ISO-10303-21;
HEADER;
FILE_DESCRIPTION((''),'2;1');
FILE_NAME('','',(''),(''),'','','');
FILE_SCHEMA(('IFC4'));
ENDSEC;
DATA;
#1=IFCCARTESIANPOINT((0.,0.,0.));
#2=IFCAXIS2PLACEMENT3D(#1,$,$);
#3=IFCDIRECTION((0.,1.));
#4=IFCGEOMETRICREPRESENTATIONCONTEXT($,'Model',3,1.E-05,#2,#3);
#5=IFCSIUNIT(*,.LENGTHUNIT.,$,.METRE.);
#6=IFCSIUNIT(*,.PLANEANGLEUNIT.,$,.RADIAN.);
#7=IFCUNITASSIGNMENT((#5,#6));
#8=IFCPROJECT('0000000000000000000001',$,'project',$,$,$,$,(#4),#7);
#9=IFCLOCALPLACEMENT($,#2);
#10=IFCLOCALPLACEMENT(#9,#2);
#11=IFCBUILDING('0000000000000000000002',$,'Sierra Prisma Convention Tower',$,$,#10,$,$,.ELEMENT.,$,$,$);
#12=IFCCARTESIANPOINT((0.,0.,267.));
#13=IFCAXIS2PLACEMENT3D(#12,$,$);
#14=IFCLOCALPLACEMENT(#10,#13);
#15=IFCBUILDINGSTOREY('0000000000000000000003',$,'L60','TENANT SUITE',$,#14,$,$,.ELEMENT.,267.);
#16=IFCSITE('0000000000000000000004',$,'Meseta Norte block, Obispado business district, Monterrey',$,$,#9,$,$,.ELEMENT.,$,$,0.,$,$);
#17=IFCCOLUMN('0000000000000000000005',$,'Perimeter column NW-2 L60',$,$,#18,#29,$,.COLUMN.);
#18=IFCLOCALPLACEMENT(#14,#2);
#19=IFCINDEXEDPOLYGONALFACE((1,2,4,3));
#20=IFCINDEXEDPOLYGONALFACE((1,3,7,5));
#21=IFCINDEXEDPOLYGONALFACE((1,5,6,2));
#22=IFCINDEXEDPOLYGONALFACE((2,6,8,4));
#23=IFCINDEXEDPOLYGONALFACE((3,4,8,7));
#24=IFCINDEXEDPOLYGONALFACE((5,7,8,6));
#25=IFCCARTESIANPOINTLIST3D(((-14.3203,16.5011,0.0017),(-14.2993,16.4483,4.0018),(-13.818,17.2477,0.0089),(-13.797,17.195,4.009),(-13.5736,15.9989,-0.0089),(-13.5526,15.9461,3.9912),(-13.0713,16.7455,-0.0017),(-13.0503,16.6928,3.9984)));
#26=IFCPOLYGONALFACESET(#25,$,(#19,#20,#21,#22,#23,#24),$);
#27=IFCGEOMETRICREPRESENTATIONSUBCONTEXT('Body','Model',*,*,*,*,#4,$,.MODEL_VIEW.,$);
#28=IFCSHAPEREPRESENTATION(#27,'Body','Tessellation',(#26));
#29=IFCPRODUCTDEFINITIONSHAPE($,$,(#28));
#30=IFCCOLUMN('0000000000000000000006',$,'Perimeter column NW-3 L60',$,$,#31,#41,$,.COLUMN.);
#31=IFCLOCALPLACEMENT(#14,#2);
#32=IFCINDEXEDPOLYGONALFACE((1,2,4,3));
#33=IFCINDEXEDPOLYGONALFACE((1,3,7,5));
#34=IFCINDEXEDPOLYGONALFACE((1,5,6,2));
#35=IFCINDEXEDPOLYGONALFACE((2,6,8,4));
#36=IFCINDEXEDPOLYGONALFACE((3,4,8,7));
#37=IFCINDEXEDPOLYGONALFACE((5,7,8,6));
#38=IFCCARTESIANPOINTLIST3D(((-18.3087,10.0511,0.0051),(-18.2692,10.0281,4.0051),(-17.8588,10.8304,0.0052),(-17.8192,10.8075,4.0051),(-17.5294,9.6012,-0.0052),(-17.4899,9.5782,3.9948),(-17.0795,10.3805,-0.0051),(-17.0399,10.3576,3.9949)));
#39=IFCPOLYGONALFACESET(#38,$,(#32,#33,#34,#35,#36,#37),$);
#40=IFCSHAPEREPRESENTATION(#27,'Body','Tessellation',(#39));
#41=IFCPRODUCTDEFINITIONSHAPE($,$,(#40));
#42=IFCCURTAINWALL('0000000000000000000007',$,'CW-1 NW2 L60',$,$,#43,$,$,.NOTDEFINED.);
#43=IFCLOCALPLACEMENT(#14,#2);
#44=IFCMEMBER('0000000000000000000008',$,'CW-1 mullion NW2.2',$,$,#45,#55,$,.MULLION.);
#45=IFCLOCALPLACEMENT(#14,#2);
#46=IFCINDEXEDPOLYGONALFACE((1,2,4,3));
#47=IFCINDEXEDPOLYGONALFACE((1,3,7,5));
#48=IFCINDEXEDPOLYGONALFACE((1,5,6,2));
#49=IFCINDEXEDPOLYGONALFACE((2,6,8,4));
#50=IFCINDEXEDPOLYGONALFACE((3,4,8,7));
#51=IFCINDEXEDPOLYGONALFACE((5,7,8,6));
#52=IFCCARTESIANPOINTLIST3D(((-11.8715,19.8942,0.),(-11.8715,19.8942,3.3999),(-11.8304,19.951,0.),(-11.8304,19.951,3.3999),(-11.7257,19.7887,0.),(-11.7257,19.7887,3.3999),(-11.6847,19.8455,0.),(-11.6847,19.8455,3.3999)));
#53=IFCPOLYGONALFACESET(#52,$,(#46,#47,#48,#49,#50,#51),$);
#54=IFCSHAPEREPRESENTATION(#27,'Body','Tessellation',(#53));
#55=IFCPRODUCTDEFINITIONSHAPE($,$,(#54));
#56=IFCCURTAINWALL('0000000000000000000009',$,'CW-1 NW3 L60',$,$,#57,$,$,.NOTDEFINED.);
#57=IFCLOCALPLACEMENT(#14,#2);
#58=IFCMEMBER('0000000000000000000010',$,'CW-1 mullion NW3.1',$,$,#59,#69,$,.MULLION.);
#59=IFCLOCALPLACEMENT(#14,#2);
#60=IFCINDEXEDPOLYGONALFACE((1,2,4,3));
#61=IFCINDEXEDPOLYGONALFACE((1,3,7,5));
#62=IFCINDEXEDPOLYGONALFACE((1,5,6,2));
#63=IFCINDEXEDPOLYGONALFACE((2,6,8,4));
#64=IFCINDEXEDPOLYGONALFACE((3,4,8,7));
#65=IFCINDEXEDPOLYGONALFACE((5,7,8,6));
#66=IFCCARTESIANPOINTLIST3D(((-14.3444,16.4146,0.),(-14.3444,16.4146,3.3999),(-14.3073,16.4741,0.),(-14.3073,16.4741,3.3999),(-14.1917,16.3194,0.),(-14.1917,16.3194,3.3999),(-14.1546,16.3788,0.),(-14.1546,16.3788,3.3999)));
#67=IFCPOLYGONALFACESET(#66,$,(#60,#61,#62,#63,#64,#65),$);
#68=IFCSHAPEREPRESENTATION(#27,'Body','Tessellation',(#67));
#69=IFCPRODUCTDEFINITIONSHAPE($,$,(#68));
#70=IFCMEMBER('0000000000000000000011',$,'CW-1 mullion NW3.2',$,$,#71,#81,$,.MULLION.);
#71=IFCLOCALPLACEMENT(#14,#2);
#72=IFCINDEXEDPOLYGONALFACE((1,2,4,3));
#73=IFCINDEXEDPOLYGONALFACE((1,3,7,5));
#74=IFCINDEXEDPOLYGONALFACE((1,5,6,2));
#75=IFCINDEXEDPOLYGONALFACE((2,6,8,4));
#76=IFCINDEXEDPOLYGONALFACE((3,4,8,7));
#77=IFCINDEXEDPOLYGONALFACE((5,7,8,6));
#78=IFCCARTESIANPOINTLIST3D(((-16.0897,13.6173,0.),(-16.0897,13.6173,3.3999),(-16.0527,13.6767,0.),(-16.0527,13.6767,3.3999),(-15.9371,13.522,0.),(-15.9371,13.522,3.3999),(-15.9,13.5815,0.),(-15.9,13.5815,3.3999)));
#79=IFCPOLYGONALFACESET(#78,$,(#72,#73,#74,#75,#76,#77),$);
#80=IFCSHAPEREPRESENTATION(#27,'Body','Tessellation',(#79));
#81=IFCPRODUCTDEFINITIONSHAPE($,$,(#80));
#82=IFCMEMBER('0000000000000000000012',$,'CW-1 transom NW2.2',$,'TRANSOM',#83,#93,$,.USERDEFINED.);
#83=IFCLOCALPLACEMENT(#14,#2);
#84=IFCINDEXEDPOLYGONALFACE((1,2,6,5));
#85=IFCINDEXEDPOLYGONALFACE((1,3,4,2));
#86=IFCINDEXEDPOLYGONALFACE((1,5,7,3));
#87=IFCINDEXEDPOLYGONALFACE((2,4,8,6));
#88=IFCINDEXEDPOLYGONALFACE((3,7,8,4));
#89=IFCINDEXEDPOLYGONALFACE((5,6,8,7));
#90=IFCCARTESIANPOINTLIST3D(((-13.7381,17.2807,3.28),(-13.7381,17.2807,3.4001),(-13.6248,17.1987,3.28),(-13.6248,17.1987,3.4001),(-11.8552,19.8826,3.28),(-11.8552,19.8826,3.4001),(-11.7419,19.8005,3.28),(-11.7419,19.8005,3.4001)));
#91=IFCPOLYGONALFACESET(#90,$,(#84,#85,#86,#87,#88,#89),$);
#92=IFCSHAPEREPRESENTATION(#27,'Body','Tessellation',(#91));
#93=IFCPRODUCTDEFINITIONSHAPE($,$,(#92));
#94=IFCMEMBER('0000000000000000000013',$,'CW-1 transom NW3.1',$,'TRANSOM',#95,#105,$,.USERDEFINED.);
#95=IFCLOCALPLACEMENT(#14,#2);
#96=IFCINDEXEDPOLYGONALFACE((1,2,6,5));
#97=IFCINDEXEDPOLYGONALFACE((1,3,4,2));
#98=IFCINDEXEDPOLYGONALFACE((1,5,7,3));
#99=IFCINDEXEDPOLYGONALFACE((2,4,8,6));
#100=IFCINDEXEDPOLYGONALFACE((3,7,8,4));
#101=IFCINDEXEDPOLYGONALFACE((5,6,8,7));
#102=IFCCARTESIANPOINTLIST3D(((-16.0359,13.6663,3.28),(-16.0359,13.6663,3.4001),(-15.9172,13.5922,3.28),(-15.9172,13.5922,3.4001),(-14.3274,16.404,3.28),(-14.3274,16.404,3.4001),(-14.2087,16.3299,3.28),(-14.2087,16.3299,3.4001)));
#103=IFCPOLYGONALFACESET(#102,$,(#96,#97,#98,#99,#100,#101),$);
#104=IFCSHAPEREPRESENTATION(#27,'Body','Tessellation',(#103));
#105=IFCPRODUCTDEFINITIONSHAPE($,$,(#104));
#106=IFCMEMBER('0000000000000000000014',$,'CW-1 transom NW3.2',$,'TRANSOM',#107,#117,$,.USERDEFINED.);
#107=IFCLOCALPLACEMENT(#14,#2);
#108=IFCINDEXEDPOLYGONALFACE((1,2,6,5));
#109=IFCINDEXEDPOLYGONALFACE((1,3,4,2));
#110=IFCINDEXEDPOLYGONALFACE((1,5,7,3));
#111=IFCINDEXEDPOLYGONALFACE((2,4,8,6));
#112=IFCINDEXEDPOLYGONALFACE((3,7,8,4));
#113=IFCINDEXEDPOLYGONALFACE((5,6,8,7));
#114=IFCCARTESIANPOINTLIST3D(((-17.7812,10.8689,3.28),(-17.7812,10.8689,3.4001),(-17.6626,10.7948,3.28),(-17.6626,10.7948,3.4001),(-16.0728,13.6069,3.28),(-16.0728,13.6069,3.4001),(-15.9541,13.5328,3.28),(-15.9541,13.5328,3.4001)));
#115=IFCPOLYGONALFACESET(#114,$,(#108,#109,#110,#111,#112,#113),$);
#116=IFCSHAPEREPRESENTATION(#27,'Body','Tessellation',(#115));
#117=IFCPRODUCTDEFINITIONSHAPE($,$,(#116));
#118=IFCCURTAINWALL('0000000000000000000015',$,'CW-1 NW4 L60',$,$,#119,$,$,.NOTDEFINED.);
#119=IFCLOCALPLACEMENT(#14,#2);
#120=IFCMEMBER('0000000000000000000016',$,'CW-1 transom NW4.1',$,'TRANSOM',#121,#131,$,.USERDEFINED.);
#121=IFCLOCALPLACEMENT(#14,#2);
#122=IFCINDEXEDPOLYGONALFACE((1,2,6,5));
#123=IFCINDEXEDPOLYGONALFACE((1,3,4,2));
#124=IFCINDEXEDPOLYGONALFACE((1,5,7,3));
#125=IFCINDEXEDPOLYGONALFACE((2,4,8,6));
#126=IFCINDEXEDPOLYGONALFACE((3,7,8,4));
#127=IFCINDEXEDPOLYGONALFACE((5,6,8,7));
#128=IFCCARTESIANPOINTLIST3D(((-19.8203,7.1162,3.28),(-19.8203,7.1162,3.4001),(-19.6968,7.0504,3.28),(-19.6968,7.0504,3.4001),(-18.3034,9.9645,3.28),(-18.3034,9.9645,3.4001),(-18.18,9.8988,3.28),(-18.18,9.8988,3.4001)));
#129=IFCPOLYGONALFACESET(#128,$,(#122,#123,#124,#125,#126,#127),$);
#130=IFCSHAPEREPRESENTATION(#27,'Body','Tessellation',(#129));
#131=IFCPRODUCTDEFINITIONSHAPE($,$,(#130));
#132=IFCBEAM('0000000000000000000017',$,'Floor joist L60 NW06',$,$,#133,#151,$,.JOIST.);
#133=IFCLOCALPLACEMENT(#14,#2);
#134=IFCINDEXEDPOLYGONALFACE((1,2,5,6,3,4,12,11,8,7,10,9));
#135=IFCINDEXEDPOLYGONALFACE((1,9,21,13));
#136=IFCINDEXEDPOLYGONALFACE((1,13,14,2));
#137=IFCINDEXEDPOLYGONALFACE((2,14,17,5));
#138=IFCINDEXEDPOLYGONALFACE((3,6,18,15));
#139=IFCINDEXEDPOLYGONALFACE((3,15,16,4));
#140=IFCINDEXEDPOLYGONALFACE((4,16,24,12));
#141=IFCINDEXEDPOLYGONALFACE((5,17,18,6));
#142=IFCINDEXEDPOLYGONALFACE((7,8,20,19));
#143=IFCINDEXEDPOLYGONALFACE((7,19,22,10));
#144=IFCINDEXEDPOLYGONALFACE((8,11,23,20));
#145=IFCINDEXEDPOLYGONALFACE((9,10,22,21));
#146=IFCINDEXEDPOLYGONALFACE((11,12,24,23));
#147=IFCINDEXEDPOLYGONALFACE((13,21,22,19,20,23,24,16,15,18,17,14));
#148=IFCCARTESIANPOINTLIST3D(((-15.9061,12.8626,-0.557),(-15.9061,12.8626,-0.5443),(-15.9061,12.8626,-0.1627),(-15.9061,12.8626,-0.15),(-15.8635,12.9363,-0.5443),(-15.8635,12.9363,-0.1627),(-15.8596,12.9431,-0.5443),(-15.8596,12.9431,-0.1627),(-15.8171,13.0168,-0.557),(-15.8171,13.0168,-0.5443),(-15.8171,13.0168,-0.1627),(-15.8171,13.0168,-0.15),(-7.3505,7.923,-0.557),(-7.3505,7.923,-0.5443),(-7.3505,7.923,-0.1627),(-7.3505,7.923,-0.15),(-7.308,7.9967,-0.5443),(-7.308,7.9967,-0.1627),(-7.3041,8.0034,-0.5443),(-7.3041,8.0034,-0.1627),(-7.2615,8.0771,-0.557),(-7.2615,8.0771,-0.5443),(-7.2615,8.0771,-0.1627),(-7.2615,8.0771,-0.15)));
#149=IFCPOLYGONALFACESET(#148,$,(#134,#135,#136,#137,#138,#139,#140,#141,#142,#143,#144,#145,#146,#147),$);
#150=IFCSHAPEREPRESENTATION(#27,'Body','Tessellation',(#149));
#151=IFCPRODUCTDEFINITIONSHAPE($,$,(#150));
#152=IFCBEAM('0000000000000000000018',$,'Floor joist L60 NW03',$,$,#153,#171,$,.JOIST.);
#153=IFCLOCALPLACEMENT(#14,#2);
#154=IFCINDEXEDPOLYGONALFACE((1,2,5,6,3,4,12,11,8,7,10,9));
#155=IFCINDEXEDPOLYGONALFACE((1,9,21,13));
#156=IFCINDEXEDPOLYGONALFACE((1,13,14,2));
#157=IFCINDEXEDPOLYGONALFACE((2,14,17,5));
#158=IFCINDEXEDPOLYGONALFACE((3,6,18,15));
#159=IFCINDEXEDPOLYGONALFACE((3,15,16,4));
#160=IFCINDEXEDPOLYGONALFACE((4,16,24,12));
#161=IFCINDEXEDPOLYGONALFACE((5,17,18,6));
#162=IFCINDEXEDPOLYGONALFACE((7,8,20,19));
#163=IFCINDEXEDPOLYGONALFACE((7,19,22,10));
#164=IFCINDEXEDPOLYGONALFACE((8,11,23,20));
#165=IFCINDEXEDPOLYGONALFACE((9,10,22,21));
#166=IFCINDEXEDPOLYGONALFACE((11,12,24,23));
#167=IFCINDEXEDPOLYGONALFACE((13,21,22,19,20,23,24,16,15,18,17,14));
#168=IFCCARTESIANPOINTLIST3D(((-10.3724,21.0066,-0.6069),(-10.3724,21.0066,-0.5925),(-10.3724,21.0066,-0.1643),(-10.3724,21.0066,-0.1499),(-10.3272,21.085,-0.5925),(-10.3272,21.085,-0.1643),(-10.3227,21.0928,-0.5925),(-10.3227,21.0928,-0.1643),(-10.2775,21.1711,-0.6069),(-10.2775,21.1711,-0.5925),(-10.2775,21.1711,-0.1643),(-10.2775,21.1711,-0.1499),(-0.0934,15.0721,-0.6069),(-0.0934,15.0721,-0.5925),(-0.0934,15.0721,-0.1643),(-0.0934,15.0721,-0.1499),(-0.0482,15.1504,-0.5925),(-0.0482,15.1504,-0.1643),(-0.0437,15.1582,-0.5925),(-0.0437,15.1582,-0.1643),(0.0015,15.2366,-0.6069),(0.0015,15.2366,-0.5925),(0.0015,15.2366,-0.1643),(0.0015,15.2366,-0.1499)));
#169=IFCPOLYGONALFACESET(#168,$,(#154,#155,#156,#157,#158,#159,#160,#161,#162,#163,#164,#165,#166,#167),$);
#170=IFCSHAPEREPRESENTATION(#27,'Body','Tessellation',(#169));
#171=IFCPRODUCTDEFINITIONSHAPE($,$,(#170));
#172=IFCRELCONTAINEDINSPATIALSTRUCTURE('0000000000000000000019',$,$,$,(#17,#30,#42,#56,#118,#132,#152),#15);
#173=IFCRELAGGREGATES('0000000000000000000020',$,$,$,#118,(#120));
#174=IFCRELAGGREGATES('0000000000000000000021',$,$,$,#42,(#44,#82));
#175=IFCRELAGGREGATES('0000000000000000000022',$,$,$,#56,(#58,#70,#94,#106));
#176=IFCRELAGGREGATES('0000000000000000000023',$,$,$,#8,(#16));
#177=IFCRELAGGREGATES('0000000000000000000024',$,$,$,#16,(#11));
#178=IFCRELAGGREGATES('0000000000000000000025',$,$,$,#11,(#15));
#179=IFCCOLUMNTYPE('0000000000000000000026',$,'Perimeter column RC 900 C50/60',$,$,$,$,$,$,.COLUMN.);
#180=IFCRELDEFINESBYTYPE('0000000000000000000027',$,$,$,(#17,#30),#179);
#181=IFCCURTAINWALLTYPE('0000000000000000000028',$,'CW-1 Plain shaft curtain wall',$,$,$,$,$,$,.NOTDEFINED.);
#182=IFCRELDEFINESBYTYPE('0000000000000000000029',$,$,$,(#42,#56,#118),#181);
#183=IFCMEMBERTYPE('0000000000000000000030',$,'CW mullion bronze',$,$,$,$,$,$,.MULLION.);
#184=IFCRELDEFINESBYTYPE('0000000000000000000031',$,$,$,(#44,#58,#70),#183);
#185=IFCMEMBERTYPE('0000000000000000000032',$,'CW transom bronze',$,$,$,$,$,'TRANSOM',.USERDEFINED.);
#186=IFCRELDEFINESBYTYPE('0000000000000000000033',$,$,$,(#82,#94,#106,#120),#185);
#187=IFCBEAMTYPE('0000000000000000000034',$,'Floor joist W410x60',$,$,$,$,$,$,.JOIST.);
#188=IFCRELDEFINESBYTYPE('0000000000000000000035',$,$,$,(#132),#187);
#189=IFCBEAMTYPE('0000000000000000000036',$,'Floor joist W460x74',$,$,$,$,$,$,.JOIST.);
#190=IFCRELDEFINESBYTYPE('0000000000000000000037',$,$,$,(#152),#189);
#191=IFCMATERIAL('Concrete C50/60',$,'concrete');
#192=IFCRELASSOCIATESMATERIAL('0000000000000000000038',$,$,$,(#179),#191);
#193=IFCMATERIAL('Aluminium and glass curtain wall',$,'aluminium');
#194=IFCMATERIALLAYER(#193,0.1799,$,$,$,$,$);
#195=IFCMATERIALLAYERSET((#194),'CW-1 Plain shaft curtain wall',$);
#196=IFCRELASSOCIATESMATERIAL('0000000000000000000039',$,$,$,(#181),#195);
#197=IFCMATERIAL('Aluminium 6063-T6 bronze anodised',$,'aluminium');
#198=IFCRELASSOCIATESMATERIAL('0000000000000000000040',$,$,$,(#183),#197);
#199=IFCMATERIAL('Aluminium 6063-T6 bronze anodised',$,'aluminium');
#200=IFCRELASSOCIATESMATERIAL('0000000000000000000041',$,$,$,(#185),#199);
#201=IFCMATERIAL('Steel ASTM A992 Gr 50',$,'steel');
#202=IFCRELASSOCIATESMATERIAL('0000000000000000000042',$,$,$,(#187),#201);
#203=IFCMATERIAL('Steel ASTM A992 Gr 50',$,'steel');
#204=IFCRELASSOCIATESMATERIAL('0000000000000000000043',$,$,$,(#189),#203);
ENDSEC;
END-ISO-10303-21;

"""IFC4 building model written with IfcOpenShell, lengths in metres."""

from ifc_helpers import new_model, si_unit, direction, frame, origin, origin_2d, place, context, subcontext, project, spatial, rectangle, i_section, extrude, material, layer, layer_set, material_profile, profile_set, type_object, element, aggregate, save


model = new_model("IFC4")

# Units and contexts
model_context = context("Model", 3, precision=1e-05, world=origin(), true_north=direction((0.0, 1.0)))
body_context = subcontext(model_context, "Body", "Model", "MODEL_VIEW")
ifc_project = project(units=[si_unit("LENGTHUNIT", "METRE"), si_unit("PLANEANGLEUNIT", "RADIAN")], contexts=[model_context])

# Site, building, storey
site_placement = place(None, origin())
site = spatial("IfcSite", under=ifc_project, at=site_placement, Name="Meseta Norte block, Obispado business district, Monterrey", CompositionType="ELEMENT", RefElevation=0.0)
building_placement = place(site_placement, origin())
building = spatial("IfcBuilding", under=site, at=building_placement, Name="Sierra Prisma Convention Tower", CompositionType="ELEMENT")
storey_placement = place(building_placement, frame((0.0, 0.0, 267.0)))
storey = spatial("IfcBuildingStorey", under=building, at=storey_placement, Name="L60", Description="TENANT SUITE", CompositionType="ELEMENT", Elevation=267.0)

# Columns
ifc_material_1 = material(Name="Concrete C50/60", Category="concrete")
ifc_material_profile_1 = material_profile(ifc_material_1, rectangle(XDim=0.8999, YDim=0.8999, at=origin_2d()), Name="Perimeter column RC 900 C50/60")
ifc_profile_set_1 = profile_set([ifc_material_profile_1], Name="Concrete C50/60")
column_type = type_object("IfcColumnType", Name="Perimeter column RC 900 C50/60", PredefinedType="COLUMN", material=ifc_profile_set_1)
column_1_placement = place(storey_placement, frame((-13.6958, 16.6233, 0.0), z_axis=(0.005248, -0.013182, 0.999899), x_axis=(0.558149, 0.829702, 0.008009)))
element("IfcColumn", 1, at=column_1_placement, inside=storey, type_object=column_type, Name="Perimeter column NW-2 L60", PredefinedType="COLUMN", context=body_context, shape_type="SweptSolid", body=[
    extrude(rectangle(XDim=0.8999, YDim=0.8999, at=origin_2d()), origin(), (0.0, 0.0, 1.0), 4.0005),
])
column_2_placement = place(storey_placement, frame((-17.6941, 10.2158, 0.0), z_axis=(0.009887, -0.005737, 0.999935), x_axis=(0.499976, 0.86604, 0.000025)))
element("IfcColumn", 2, at=column_2_placement, inside=storey, type_object=column_type, Name="Perimeter column NW-3 L60", PredefinedType="COLUMN", context=body_context, shape_type="SweptSolid", body=[
    extrude(rectangle(XDim=0.8999, YDim=0.8999, at=origin_2d()), origin(), (0.0, 0.0, 1.0), 4.0002),
])

# Curtain wall, member
ifc_material_2 = material(Name="Aluminium and glass curtain wall", Category="aluminium")
ifc_layer_1 = layer(ifc_material_2, 0.1799)
ifc_layer_set_1 = layer_set([ifc_layer_1], Name="CW-1 Plain shaft curtain wall")
curtain_wall_type = type_object("IfcCurtainWallType", Name="CW-1 Plain shaft curtain wall", PredefinedType="NOTDEFINED", material=ifc_layer_set_1)
curtain_wall_1_placement = place(storey_placement, origin())
curtain_wall_1 = element("IfcCurtainWall", 3, at=curtain_wall_1_placement, inside=storey, type_object=curtain_wall_type, Name="CW-1 NW2 L60", PredefinedType="NOTDEFINED")
ifc_material_3 = material(Name="Aluminium 6063-T6 bronze anodised", Category="aluminium")
ifc_material_profile_2 = material_profile(ifc_material_3, rectangle(XDim=0.1799, YDim=0.0701, at=origin_2d()), Name="ALU MULLION 70x180")
ifc_profile_set_2 = profile_set([ifc_material_profile_2], Name="Aluminium 6063-T6 bronze anodised")
member_type_1 = type_object("IfcMemberType", Name="CW mullion bronze", PredefinedType="MULLION", material=ifc_profile_set_2)
member_1_placement = place(storey_placement, frame((-11.7781, 19.8699, 0.0), z_axis=(0.0, 0.0, 1.0), x_axis=(0.810117, -0.586269, 0.0)))
member_1 = element("IfcMember", 4, at=member_1_placement, type_object=member_type_1, Name="CW-1 mullion NW2.2", PredefinedType="MULLION", context=body_context, shape_type="SweptSolid", body=[
    extrude(rectangle(XDim=0.1799, YDim=0.0701, at=origin_2d()), origin(), (0.0, 0.0, 1.0), 3.3999),
])

# Curtain wall, members
curtain_wall_2_placement = place(storey_placement, origin())
curtain_wall_2 = element("IfcCurtainWall", 5, at=curtain_wall_2_placement, inside=storey, type_object=curtain_wall_type, Name="CW-1 NW3 L60", PredefinedType="NOTDEFINED")
member_2_placement = place(storey_placement, frame((-14.2495, 16.3967, 0.0), z_axis=(0.0, 0.0, 1.0), x_axis=(0.848379, -0.52939, 0.0)))
member_2 = element("IfcMember", 6, at=member_2_placement, type_object=member_type_1, Name="CW-1 mullion NW3.1", PredefinedType="MULLION", context=body_context, shape_type="SweptSolid", body=[
    extrude(rectangle(XDim=0.1799, YDim=0.0701, at=origin_2d()), origin(), (0.0, 0.0, 1.0), 3.3999),
])
member_3_placement = place(storey_placement, frame((-15.9949, 13.5994, 0.0), z_axis=(0.0, 0.0, 1.0), x_axis=(0.848379, -0.52939, 0.0)))
member_3 = element("IfcMember", 7, at=member_3_placement, type_object=member_type_1, Name="CW-1 mullion NW3.2", PredefinedType="MULLION", context=body_context, shape_type="SweptSolid", body=[
    extrude(rectangle(XDim=0.1799, YDim=0.0701, at=origin_2d()), origin(), (0.0, 0.0, 1.0), 3.3999),
])

# Members
ifc_material_4 = material(Name="Aluminium 6063-T6 bronze anodised", Category="aluminium")
ifc_material_profile_3 = material_profile(ifc_material_4, rectangle(XDim=0.1399, YDim=0.1201, at=origin_2d()), Name="ALU TRANSOM 120x140")
ifc_profile_set_3 = profile_set([ifc_material_profile_3], Name="Aluminium 6063-T6 bronze anodised")
member_type_2 = type_object("IfcMemberType", Name="CW transom bronze", ElementType="TRANSOM", PredefinedType="USERDEFINED", material=ifc_profile_set_3)
member_4_placement = place(storey_placement, frame((-11.7986, 19.8416, 3.3401), z_axis=(-0.586254, -0.810128, 0.0), x_axis=(0.810128, -0.586254, 0.0)))
member_4 = element("IfcMember", 8, at=member_4_placement, type_object=member_type_2, Name="CW-1 transom NW2.2", ObjectType="TRANSOM", PredefinedType="USERDEFINED", context=body_context, shape_type="SweptSolid", body=[
    extrude(rectangle(XDim=0.1399, YDim=0.1201, at=origin_2d()), origin(), (0.0, 0.0, 1.0), 3.2117),
])
member_5_placement = place(storey_placement, frame((-14.2681, 16.3669, 3.3401), z_axis=(-0.529414, -0.848364, 0.0), x_axis=(0.848364, -0.529414, 0.0)))
member_5 = element("IfcMember", 9, at=member_5_placement, type_object=member_type_2, Name="CW-1 transom NW3.1", ObjectType="TRANSOM", PredefinedType="USERDEFINED", context=body_context, shape_type="SweptSolid", body=[
    extrude(rectangle(XDim=0.1399, YDim=0.1201, at=origin_2d()), origin(), (0.0, 0.0, 1.0), 3.2271),
])
member_6_placement = place(storey_placement, frame((-16.0134, 13.5698, 3.3401), z_axis=(-0.52938, -0.848385, 0.0), x_axis=(0.848385, -0.52938, 0.0)))
member_6 = element("IfcMember", 10, at=member_6_placement, type_object=member_type_2, Name="CW-1 transom NW3.2", ObjectType="TRANSOM", PredefinedType="USERDEFINED", context=body_context, shape_type="SweptSolid", body=[
    extrude(rectangle(XDim=0.1399, YDim=0.1201, at=origin_2d()), origin(), (0.0, 0.0, 1.0), 3.2273),
])

# Curtain wall, member
curtain_wall_3_placement = place(storey_placement, origin())
curtain_wall_3 = element("IfcCurtainWall", 11, at=curtain_wall_3_placement, inside=storey, type_object=curtain_wall_type, Name="CW-1 NW4 L60", PredefinedType="NOTDEFINED")
member_7_placement = place(storey_placement, frame((-18.2417, 9.9316, 3.3401), z_axis=(-0.470034, -0.882648, 0.0), x_axis=(0.882648, -0.470034, 0.0)))
member_7 = element("IfcMember", 12, at=member_7_placement, type_object=member_type_2, Name="CW-1 transom NW4.1", ObjectType="TRANSOM", PredefinedType="USERDEFINED", context=body_context, shape_type="SweptSolid", body=[
    extrude(rectangle(XDim=0.1399, YDim=0.1201, at=origin_2d()), origin(), (0.0, 0.0, 1.0), 3.2271),
])
aggregate(curtain_wall_3, [member_7])

# Beams
ifc_material_5 = material(Name="Steel ASTM A992 Gr 50", Category="steel")
ifc_material_profile_4 = material_profile(ifc_material_5, i_section(OverallWidth=0.178, OverallDepth=0.407, WebThickness=0.0078, FlangeThickness=0.0127, at=origin_2d()), Name="W410x60")
ifc_profile_set_4 = profile_set([ifc_material_profile_4], Name="Steel ASTM A992 Gr 50")
beam_type_1 = type_object("IfcBeamType", Name="Floor joist W410x60", PredefinedType="JOIST", material=ifc_profile_set_4)
beam_1_placement = place(storey_placement, frame((-15.8616, 12.9397, -0.3535), z_axis=(0.866022, -0.500006, 0.0), x_axis=(0.500006, 0.866022, 0.0)))
element("IfcBeam", 13, at=beam_1_placement, inside=storey, type_object=beam_type_1, Name="Floor joist L60 NW06", PredefinedType="JOIST", context=body_context, shape_type="SweptSolid", body=[
    extrude(i_section(OverallWidth=0.178, OverallDepth=0.407, WebThickness=0.0078, FlangeThickness=0.0127, at=origin_2d()), origin(), (0.0, 0.0, 1.0), 9.8792),
])
ifc_material_6 = material(Name="Steel ASTM A992 Gr 50", Category="steel")
ifc_material_profile_5 = material_profile(ifc_material_6, i_section(OverallWidth=0.1899, OverallDepth=0.457, WebThickness=0.009, FlangeThickness=0.0144, at=origin_2d()), Name="W460x74")
ifc_profile_set_5 = profile_set([ifc_material_profile_5], Name="Steel ASTM A992 Gr 50")
beam_type_2 = type_object("IfcBeamType", Name="Floor joist W460x74", PredefinedType="JOIST", material=ifc_profile_set_5)
beam_2_placement = place(storey_placement, frame((-10.325, 21.0889, -0.3784), z_axis=(0.866027, -0.499997, 0.0), x_axis=(0.499997, 0.866027, 0.0)))
element("IfcBeam", 14, at=beam_2_placement, inside=storey, type_object=beam_type_2, Name="Floor joist L60 NW03", PredefinedType="JOIST", context=body_context, shape_type="SweptSolid", body=[
    extrude(i_section(OverallWidth=0.1899, OverallDepth=0.457, WebThickness=0.009, FlangeThickness=0.0144, at=origin_2d()), origin(), (0.0, 0.0, 1.0), 11.8691),
])

aggregate(curtain_wall_1, [member_1, member_4])
aggregate(curtain_wall_2, [member_2, member_3, member_5, member_6])

save(model, "model.ifc")
